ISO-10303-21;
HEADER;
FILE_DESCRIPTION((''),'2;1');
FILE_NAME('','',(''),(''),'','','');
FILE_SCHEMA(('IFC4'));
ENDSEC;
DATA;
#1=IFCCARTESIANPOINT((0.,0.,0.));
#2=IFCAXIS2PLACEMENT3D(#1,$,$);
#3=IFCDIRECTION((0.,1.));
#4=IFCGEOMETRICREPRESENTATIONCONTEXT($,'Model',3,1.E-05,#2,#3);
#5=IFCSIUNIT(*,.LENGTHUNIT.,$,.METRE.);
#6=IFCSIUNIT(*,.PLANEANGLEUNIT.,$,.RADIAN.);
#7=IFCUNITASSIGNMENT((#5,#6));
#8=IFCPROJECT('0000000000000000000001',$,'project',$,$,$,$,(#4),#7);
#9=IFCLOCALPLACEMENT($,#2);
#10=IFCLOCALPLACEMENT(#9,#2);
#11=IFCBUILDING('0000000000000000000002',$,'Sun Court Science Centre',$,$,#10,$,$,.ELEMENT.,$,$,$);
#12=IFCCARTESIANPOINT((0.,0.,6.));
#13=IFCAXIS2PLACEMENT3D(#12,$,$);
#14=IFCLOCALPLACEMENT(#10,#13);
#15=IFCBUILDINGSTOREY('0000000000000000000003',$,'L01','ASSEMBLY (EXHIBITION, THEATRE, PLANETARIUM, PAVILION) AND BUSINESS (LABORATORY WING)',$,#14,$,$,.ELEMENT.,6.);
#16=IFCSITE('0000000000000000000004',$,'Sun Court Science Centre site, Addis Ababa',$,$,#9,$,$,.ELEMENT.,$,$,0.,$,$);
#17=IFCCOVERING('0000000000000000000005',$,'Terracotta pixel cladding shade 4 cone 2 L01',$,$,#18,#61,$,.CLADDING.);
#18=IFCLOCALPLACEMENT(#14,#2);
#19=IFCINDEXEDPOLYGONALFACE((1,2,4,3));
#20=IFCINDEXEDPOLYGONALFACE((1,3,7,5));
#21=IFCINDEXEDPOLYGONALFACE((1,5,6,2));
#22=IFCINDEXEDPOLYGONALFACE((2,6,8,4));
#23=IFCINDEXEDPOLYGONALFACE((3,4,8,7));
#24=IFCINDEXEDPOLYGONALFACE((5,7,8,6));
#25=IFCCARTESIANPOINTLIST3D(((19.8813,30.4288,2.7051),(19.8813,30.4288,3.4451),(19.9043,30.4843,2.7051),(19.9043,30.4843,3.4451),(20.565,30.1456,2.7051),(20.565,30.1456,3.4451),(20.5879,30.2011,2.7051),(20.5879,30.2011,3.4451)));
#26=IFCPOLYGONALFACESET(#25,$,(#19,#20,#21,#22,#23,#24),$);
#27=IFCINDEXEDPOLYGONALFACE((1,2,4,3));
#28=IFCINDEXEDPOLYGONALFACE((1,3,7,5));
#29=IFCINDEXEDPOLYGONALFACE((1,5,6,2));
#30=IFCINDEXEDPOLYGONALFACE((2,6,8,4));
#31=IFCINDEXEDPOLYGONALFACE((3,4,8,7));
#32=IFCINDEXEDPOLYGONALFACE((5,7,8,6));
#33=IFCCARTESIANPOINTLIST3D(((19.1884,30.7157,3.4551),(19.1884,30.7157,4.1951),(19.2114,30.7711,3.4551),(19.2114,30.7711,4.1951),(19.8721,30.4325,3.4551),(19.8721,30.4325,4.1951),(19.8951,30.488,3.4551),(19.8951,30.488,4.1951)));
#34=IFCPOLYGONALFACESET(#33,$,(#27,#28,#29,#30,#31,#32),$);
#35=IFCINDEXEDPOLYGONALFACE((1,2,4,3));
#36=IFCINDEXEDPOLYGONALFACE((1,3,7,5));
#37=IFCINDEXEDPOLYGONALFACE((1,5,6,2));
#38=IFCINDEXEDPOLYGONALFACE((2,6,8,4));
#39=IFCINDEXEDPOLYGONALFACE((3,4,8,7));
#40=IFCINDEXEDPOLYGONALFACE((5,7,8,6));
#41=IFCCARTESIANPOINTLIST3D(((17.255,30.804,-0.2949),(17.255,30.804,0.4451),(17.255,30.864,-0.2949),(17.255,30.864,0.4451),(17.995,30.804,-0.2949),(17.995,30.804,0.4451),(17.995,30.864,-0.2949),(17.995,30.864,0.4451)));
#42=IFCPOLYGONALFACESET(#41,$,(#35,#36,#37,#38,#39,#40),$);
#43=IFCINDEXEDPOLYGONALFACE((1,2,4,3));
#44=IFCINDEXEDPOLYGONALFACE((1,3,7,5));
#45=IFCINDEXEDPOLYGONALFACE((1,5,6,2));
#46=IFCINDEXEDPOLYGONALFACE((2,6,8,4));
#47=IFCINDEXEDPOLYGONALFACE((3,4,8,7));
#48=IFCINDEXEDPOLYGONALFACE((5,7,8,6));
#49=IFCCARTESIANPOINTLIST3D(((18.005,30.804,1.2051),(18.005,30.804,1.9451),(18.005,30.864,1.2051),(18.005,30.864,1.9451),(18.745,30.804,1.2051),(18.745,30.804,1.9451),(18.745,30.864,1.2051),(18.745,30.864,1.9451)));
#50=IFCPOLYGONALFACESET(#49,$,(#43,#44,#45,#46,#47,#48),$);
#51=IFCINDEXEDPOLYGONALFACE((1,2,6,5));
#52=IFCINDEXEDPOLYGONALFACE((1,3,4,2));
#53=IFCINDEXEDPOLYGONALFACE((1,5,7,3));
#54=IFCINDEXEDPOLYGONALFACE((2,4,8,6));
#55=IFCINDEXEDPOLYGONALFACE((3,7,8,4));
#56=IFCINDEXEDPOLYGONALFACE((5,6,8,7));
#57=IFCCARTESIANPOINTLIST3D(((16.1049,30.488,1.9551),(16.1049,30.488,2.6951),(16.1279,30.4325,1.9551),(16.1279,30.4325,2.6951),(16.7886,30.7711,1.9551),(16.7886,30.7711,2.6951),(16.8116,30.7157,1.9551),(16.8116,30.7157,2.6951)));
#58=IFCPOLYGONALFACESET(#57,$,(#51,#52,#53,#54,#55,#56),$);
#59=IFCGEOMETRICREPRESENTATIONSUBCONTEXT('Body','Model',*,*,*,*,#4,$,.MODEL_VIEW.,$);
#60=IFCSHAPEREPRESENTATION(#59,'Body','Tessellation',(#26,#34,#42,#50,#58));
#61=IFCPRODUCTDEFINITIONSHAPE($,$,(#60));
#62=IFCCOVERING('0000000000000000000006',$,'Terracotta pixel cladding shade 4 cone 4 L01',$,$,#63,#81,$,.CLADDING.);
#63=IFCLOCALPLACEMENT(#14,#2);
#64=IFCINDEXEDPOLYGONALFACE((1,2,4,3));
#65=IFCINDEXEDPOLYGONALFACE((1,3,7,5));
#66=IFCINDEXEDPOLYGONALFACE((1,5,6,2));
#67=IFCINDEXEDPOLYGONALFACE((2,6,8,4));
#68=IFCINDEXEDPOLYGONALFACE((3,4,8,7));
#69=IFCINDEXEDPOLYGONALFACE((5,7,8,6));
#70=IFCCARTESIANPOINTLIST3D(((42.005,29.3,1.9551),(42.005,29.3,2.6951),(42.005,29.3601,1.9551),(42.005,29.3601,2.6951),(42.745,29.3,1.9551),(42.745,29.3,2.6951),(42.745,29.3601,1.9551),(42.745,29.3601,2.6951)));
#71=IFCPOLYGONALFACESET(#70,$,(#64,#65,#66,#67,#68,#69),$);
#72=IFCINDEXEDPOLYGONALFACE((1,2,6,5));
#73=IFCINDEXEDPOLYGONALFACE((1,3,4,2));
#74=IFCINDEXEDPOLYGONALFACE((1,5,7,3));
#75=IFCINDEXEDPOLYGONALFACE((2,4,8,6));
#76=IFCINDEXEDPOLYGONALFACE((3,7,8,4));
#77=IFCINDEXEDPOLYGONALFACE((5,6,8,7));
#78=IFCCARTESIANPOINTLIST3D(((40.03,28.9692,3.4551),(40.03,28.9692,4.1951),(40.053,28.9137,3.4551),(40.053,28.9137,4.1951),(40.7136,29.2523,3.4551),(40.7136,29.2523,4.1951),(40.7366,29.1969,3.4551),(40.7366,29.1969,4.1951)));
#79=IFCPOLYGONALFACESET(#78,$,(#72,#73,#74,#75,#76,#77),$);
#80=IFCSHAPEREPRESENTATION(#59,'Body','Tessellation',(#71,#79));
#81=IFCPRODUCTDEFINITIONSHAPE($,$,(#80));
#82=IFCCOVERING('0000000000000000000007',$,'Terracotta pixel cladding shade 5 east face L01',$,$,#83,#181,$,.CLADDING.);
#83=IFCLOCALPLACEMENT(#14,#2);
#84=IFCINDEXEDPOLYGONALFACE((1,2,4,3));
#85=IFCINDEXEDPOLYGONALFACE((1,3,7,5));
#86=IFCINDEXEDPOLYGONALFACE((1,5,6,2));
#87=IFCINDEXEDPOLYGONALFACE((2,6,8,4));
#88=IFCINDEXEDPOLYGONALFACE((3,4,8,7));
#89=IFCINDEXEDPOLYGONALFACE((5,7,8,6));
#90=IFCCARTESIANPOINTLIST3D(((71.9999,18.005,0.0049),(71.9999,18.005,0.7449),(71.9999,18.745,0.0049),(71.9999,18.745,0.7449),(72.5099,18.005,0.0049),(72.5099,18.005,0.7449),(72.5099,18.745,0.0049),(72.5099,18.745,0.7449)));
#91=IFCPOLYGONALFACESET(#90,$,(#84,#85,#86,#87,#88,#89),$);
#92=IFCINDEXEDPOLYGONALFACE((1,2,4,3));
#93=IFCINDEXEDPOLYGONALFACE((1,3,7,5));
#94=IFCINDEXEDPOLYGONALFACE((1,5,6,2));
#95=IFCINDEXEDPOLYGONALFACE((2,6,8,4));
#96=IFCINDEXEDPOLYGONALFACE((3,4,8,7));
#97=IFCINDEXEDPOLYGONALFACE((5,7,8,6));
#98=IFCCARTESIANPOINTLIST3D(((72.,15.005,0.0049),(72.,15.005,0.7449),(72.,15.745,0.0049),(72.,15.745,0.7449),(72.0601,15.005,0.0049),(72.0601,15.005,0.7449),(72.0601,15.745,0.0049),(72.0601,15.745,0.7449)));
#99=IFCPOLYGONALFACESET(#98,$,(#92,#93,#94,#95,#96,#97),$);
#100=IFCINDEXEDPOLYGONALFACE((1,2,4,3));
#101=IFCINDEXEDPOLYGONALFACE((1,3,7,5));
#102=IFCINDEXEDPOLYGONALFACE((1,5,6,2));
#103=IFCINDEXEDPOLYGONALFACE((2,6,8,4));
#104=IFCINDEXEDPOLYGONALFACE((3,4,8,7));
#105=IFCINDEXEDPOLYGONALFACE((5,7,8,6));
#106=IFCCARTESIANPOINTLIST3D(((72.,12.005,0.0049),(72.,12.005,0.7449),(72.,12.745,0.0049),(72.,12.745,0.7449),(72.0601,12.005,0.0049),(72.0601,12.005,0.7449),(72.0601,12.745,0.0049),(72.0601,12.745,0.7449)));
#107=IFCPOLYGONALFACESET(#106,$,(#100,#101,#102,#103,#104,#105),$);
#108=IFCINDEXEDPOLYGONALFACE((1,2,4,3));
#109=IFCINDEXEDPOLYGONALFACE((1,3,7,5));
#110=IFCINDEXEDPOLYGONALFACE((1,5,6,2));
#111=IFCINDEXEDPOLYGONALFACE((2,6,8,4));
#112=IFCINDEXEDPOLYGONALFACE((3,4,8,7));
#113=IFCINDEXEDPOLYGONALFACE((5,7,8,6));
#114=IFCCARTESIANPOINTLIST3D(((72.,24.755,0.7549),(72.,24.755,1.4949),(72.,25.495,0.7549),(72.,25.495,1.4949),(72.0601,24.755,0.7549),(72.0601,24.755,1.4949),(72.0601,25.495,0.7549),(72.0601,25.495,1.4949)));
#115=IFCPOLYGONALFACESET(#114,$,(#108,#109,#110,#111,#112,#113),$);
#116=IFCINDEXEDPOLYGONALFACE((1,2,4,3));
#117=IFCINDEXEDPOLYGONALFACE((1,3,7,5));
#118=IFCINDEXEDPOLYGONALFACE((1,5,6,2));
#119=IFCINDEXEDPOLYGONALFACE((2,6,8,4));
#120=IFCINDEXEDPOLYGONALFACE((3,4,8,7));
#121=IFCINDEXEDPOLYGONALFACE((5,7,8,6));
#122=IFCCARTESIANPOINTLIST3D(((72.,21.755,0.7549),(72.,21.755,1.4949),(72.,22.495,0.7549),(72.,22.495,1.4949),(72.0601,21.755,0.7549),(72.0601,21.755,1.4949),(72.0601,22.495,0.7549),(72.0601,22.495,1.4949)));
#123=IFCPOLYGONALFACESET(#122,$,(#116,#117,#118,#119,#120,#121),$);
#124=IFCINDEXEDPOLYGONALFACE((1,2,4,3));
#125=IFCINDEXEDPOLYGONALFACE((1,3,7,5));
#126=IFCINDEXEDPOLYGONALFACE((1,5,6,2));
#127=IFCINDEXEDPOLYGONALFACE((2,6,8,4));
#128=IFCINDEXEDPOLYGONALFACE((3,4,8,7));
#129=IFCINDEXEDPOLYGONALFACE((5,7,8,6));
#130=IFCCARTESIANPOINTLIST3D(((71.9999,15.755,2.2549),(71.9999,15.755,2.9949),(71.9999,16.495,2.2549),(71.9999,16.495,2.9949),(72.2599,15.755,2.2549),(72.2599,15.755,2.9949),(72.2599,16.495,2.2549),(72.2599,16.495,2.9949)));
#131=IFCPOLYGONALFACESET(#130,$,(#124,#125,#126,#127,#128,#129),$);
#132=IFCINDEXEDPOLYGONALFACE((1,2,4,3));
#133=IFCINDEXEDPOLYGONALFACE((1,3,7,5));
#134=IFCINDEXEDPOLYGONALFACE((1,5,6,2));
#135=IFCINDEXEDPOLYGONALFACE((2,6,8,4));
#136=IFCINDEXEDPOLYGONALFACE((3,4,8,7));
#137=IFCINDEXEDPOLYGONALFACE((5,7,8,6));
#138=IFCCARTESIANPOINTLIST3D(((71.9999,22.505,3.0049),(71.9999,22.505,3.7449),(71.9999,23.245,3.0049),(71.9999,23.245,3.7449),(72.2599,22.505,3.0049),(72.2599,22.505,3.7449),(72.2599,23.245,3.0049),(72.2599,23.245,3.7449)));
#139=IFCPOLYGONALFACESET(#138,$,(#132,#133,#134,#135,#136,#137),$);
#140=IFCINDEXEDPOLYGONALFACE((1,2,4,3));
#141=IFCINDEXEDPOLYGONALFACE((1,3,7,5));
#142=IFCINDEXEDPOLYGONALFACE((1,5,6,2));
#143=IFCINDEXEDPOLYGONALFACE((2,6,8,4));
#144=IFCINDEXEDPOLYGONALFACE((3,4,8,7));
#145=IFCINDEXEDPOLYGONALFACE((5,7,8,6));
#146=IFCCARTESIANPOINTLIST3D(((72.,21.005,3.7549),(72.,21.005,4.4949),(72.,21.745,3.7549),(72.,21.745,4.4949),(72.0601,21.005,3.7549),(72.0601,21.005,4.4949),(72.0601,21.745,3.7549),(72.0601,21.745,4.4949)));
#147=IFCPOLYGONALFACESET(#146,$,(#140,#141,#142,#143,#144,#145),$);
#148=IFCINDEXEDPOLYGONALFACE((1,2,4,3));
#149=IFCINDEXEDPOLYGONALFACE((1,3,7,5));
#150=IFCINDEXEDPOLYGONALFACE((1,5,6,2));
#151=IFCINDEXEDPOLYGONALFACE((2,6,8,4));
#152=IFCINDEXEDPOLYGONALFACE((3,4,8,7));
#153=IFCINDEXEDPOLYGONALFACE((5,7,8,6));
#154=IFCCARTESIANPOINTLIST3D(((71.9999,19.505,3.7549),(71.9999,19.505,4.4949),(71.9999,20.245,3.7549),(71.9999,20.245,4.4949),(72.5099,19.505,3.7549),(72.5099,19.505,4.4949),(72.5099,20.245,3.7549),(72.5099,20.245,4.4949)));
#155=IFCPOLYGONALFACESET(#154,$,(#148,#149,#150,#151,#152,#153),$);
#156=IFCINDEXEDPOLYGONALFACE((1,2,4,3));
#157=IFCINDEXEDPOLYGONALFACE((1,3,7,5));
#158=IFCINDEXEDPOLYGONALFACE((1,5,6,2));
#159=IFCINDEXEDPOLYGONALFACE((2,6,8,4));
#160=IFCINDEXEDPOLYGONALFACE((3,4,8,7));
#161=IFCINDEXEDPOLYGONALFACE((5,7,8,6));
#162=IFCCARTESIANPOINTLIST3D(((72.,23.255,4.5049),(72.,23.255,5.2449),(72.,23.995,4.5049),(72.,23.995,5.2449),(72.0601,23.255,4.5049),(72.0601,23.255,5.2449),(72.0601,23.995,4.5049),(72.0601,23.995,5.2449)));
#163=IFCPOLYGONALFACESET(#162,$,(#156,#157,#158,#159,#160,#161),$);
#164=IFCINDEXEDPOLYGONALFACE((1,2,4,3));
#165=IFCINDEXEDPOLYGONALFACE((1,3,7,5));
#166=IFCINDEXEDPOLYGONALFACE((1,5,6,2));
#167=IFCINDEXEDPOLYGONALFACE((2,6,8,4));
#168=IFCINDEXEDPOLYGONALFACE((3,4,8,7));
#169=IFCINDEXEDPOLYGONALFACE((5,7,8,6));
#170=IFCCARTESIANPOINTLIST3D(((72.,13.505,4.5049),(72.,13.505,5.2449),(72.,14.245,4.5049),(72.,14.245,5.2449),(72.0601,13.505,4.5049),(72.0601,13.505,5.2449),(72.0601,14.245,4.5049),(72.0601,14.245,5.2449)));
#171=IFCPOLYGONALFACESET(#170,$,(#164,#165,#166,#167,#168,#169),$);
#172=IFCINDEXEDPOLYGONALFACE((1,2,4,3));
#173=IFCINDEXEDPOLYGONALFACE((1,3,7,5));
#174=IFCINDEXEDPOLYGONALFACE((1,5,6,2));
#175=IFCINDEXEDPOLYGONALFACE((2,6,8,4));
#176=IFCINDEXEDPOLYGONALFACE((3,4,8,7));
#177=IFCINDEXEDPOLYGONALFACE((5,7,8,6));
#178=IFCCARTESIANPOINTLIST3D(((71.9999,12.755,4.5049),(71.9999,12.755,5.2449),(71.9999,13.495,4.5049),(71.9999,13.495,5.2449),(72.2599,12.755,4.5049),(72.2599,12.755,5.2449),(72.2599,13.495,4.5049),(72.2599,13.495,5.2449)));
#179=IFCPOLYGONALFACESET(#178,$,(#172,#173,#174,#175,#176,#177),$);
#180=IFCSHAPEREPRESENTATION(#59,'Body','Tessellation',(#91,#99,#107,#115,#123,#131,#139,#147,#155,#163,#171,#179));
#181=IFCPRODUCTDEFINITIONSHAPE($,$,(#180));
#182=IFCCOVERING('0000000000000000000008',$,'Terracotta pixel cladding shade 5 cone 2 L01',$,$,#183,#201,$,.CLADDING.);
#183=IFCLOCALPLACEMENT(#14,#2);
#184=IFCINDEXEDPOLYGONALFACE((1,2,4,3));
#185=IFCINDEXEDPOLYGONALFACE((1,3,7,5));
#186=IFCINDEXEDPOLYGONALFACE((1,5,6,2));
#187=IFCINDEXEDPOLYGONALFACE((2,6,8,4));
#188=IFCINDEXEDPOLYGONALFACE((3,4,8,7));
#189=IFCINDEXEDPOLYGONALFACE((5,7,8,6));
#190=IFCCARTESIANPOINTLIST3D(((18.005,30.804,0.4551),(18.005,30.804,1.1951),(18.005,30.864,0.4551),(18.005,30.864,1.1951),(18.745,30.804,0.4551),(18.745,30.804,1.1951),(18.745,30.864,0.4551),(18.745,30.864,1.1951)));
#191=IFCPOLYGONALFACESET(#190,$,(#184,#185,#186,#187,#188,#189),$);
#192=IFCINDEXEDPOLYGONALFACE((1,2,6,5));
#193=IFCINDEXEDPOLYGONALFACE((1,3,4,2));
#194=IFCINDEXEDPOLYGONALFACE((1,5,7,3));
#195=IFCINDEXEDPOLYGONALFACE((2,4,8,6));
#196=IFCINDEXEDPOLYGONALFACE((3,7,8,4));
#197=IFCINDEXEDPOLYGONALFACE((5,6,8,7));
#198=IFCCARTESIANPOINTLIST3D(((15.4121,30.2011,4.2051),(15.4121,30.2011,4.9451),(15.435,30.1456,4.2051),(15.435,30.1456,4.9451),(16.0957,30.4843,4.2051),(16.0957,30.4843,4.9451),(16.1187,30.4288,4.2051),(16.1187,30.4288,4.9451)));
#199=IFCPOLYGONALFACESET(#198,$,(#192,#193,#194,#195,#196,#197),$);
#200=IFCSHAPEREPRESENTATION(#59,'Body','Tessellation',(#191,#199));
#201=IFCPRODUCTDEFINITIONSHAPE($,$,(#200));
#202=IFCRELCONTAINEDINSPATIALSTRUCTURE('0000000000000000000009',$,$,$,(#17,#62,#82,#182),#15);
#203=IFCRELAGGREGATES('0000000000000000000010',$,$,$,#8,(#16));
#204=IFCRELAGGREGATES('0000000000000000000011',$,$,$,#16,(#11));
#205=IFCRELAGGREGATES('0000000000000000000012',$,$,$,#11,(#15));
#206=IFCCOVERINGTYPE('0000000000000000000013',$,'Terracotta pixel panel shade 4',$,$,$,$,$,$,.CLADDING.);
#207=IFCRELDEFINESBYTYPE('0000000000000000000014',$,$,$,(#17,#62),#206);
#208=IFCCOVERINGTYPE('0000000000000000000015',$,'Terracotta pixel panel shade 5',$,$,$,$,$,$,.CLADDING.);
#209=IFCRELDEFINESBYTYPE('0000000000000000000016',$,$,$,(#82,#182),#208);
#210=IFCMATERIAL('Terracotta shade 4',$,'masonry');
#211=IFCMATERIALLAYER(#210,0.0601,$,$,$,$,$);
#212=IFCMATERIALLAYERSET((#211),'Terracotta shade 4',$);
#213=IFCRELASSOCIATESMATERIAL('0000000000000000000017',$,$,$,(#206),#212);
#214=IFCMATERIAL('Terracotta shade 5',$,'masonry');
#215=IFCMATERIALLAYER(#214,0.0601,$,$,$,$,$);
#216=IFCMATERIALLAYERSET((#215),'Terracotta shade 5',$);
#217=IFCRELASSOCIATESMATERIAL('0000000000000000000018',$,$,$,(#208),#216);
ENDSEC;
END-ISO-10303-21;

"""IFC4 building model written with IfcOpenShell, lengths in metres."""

from ifc_helpers import new_model, si_unit, direction, frame, origin, origin_2d, place, context, subcontext, project, spatial, rectangle, extrude, material, layer, layer_set, type_object, element, save


model = new_model("IFC4")

# Units and contexts
model_context = context("Model", 3, precision=1e-05, world=origin(), true_north=direction((0.0, 1.0)))
body_context = subcontext(model_context, "Body", "Model", "MODEL_VIEW")
ifc_project = project(units=[si_unit("LENGTHUNIT", "METRE"), si_unit("PLANEANGLEUNIT", "RADIAN")], contexts=[model_context])

# Site, building, storey
site_placement = place(None, origin())
site = spatial("IfcSite", under=ifc_project, at=site_placement, Name="Sun Court Science Centre site, Addis Ababa", CompositionType="ELEMENT", RefElevation=0.0)
building_placement = place(site_placement, origin())
building = spatial("IfcBuilding", under=site, at=building_placement, Name="Sun Court Science Centre", CompositionType="ELEMENT")
storey_placement = place(building_placement, frame((0.0, 0.0, 6.0)))
storey = spatial("IfcBuildingStorey", under=building, at=storey_placement, Name="L01", Description="ASSEMBLY (EXHIBITION, THEATRE, PLANETARIUM, PAVILION) AND BUSINESS (LABORATORY WING)", CompositionType="ELEMENT", Elevation=6.0)

# Coverings
ifc_material_1 = material(Name="Terracotta shade 4", Category="masonry")
ifc_layer_1 = layer(ifc_material_1, 0.0601)
ifc_layer_set_1 = layer_set([ifc_layer_1], Name="Terracotta shade 4")
covering_type_1 = type_object("IfcCoveringType", Name="Terracotta pixel panel shade 4", PredefinedType="CLADDING", material=ifc_layer_set_1)
covering_1_placement = place(storey_placement, frame((0.0, 0.0, -6.0)))
element("IfcCovering", 1, at=covering_1_placement, inside=storey, type_object=covering_type_1, Name="Terracotta pixel cladding shade 4 cone 2 L01", PredefinedType="CLADDING", context=body_context, shape_type="SweptSolid", body=[
    extrude(rectangle(XDim=0.74, YDim=0.0601, at=origin_2d()), frame((20.2346, 30.3149, 8.7051), z_axis=(0.0, 0.0, 1.0), x_axis=(0.92388, -0.382683, 0.0)), (0.0, 0.0, 1.0), 0.74),
    extrude(rectangle(XDim=0.74, YDim=0.0601, at=origin_2d()), frame((19.5417, 30.6018, 9.4551), z_axis=(0.0, 0.0, 1.0), x_axis=(0.92388, -0.382683, 0.0)), (0.0, 0.0, 1.0), 0.74),
    extrude(rectangle(XDim=0.74, YDim=0.0601, at=origin_2d()), frame((17.625, 30.834, 5.7051), z_axis=(0.0, 0.0, 1.0), x_axis=(1.0, 0.0, 0.0)), (0.0, 0.0, 1.0), 0.74),
    extrude(rectangle(XDim=0.74, YDim=0.0601, at=origin_2d()), frame((18.375, 30.834, 7.2051), z_axis=(0.0, 0.0, 1.0), x_axis=(1.0, 0.0, 0.0)), (0.0, 0.0, 1.0), 0.74),
    extrude(rectangle(XDim=0.74, YDim=0.0601, at=origin_2d()), frame((16.4583, 30.6018, 7.9551), z_axis=(0.0, 0.0, 1.0), x_axis=(0.92388, 0.382683, 0.0)), (0.0, 0.0, 1.0), 0.74),
])
covering_2_placement = place(storey_placement, frame((0.0, 0.0, -6.0)))
element("IfcCovering", 2, at=covering_2_placement, inside=storey, type_object=covering_type_1, Name="Terracotta pixel cladding shade 4 cone 4 L01", PredefinedType="CLADDING", context=body_context, shape_type="SweptSolid", body=[
    extrude(rectangle(XDim=0.74, YDim=0.0601, at=origin_2d()), frame((42.375, 29.3301, 7.9551), z_axis=(0.0, 0.0, 1.0), x_axis=(1.0, 0.0, 0.0)), (0.0, 0.0, 1.0), 0.74),
    extrude(rectangle(XDim=0.74, YDim=0.0601, at=origin_2d()), frame((40.3833, 29.083, 9.4551), z_axis=(0.0, 0.0, 1.0), x_axis=(0.92388, 0.382683, 0.0)), (0.0, 0.0, 1.0), 0.74),
])
ifc_material_2 = material(Name="Terracotta shade 5", Category="masonry")
ifc_layer_2 = layer(ifc_material_2, 0.0601)
ifc_layer_set_2 = layer_set([ifc_layer_2], Name="Terracotta shade 5")
covering_type_2 = type_object("IfcCoveringType", Name="Terracotta pixel panel shade 5", PredefinedType="CLADDING", material=ifc_layer_set_2)
covering_3_placement = place(storey_placement, frame((0.0, 0.0, -6.0)))
element("IfcCovering", 3, at=covering_3_placement, inside=storey, type_object=covering_type_2, Name="Terracotta pixel cladding shade 5 east face L01", PredefinedType="CLADDING", context=body_context, shape_type="SweptSolid", body=[
    extrude(rectangle(XDim=0.74, YDim=0.51, at=origin_2d()), frame((72.2549, 18.375, 6.0049), z_axis=(0.0, 0.0, 1.0), x_axis=(0.0, -1.0, 0.0)), (0.0, 0.0, 1.0), 0.74),
    extrude(rectangle(XDim=0.74, YDim=0.0601, at=origin_2d()), frame((72.03, 15.375, 6.0049), z_axis=(0.0, 0.0, 1.0), x_axis=(0.0, -1.0, 0.0)), (0.0, 0.0, 1.0), 0.74),
    extrude(rectangle(XDim=0.74, YDim=0.0601, at=origin_2d()), frame((72.03, 12.375, 6.0049), z_axis=(0.0, 0.0, 1.0), x_axis=(0.0, -1.0, 0.0)), (0.0, 0.0, 1.0), 0.74),
    extrude(rectangle(XDim=0.74, YDim=0.0601, at=origin_2d()), frame((72.03, 25.125, 6.7549), z_axis=(0.0, 0.0, 1.0), x_axis=(0.0, -1.0, 0.0)), (0.0, 0.0, 1.0), 0.74),
    extrude(rectangle(XDim=0.74, YDim=0.0601, at=origin_2d()), frame((72.03, 22.125, 6.7549), z_axis=(0.0, 0.0, 1.0), x_axis=(0.0, -1.0, 0.0)), (0.0, 0.0, 1.0), 0.74),
    extrude(rectangle(XDim=0.74, YDim=0.26, at=origin_2d()), frame((72.1299, 16.125, 8.2549), z_axis=(0.0, 0.0, 1.0), x_axis=(0.0, -1.0, 0.0)), (0.0, 0.0, 1.0), 0.74),
    extrude(rectangle(XDim=0.74, YDim=0.26, at=origin_2d()), frame((72.1299, 22.875, 9.0049), z_axis=(0.0, 0.0, 1.0), x_axis=(0.0, -1.0, 0.0)), (0.0, 0.0, 1.0), 0.74),
    extrude(rectangle(XDim=0.74, YDim=0.0601, at=origin_2d()), frame((72.03, 21.375, 9.7549), z_axis=(0.0, 0.0, 1.0), x_axis=(0.0, -1.0, 0.0)), (0.0, 0.0, 1.0), 0.74),
    extrude(rectangle(XDim=0.74, YDim=0.51, at=origin_2d()), frame((72.2549, 19.875, 9.7549), z_axis=(0.0, 0.0, 1.0), x_axis=(0.0, -1.0, 0.0)), (0.0, 0.0, 1.0), 0.74),
    extrude(rectangle(XDim=0.74, YDim=0.0601, at=origin_2d()), frame((72.03, 23.625, 10.5049), z_axis=(0.0, 0.0, 1.0), x_axis=(0.0, -1.0, 0.0)), (0.0, 0.0, 1.0), 0.74),
    extrude(rectangle(XDim=0.74, YDim=0.0601, at=origin_2d()), frame((72.03, 13.875, 10.5049), z_axis=(0.0, 0.0, 1.0), x_axis=(0.0, -1.0, 0.0)), (0.0, 0.0, 1.0), 0.74),
    extrude(rectangle(XDim=0.74, YDim=0.26, at=origin_2d()), frame((72.1299, 13.125, 10.5049), z_axis=(0.0, 0.0, 1.0), x_axis=(0.0, -1.0, 0.0)), (0.0, 0.0, 1.0), 0.74),
])
covering_4_placement = place(storey_placement, frame((0.0, 0.0, -6.0)))
element("IfcCovering", 4, at=covering_4_placement, inside=storey, type_object=covering_type_2, Name="Terracotta pixel cladding shade 5 cone 2 L01", PredefinedType="CLADDING", context=body_context, shape_type="SweptSolid", body=[
    extrude(rectangle(XDim=0.74, YDim=0.0601, at=origin_2d()), frame((18.375, 30.834, 6.4551), z_axis=(0.0, 0.0, 1.0), x_axis=(1.0, 0.0, 0.0)), (0.0, 0.0, 1.0), 0.74),
    extrude(rectangle(XDim=0.74, YDim=0.0601, at=origin_2d()), frame((15.7654, 30.3149, 10.2051), z_axis=(0.0, 0.0, 1.0), x_axis=(0.92388, 0.382683, 0.0)), (0.0, 0.0, 1.0), 0.74),
])

save(model, "model.ifc")
